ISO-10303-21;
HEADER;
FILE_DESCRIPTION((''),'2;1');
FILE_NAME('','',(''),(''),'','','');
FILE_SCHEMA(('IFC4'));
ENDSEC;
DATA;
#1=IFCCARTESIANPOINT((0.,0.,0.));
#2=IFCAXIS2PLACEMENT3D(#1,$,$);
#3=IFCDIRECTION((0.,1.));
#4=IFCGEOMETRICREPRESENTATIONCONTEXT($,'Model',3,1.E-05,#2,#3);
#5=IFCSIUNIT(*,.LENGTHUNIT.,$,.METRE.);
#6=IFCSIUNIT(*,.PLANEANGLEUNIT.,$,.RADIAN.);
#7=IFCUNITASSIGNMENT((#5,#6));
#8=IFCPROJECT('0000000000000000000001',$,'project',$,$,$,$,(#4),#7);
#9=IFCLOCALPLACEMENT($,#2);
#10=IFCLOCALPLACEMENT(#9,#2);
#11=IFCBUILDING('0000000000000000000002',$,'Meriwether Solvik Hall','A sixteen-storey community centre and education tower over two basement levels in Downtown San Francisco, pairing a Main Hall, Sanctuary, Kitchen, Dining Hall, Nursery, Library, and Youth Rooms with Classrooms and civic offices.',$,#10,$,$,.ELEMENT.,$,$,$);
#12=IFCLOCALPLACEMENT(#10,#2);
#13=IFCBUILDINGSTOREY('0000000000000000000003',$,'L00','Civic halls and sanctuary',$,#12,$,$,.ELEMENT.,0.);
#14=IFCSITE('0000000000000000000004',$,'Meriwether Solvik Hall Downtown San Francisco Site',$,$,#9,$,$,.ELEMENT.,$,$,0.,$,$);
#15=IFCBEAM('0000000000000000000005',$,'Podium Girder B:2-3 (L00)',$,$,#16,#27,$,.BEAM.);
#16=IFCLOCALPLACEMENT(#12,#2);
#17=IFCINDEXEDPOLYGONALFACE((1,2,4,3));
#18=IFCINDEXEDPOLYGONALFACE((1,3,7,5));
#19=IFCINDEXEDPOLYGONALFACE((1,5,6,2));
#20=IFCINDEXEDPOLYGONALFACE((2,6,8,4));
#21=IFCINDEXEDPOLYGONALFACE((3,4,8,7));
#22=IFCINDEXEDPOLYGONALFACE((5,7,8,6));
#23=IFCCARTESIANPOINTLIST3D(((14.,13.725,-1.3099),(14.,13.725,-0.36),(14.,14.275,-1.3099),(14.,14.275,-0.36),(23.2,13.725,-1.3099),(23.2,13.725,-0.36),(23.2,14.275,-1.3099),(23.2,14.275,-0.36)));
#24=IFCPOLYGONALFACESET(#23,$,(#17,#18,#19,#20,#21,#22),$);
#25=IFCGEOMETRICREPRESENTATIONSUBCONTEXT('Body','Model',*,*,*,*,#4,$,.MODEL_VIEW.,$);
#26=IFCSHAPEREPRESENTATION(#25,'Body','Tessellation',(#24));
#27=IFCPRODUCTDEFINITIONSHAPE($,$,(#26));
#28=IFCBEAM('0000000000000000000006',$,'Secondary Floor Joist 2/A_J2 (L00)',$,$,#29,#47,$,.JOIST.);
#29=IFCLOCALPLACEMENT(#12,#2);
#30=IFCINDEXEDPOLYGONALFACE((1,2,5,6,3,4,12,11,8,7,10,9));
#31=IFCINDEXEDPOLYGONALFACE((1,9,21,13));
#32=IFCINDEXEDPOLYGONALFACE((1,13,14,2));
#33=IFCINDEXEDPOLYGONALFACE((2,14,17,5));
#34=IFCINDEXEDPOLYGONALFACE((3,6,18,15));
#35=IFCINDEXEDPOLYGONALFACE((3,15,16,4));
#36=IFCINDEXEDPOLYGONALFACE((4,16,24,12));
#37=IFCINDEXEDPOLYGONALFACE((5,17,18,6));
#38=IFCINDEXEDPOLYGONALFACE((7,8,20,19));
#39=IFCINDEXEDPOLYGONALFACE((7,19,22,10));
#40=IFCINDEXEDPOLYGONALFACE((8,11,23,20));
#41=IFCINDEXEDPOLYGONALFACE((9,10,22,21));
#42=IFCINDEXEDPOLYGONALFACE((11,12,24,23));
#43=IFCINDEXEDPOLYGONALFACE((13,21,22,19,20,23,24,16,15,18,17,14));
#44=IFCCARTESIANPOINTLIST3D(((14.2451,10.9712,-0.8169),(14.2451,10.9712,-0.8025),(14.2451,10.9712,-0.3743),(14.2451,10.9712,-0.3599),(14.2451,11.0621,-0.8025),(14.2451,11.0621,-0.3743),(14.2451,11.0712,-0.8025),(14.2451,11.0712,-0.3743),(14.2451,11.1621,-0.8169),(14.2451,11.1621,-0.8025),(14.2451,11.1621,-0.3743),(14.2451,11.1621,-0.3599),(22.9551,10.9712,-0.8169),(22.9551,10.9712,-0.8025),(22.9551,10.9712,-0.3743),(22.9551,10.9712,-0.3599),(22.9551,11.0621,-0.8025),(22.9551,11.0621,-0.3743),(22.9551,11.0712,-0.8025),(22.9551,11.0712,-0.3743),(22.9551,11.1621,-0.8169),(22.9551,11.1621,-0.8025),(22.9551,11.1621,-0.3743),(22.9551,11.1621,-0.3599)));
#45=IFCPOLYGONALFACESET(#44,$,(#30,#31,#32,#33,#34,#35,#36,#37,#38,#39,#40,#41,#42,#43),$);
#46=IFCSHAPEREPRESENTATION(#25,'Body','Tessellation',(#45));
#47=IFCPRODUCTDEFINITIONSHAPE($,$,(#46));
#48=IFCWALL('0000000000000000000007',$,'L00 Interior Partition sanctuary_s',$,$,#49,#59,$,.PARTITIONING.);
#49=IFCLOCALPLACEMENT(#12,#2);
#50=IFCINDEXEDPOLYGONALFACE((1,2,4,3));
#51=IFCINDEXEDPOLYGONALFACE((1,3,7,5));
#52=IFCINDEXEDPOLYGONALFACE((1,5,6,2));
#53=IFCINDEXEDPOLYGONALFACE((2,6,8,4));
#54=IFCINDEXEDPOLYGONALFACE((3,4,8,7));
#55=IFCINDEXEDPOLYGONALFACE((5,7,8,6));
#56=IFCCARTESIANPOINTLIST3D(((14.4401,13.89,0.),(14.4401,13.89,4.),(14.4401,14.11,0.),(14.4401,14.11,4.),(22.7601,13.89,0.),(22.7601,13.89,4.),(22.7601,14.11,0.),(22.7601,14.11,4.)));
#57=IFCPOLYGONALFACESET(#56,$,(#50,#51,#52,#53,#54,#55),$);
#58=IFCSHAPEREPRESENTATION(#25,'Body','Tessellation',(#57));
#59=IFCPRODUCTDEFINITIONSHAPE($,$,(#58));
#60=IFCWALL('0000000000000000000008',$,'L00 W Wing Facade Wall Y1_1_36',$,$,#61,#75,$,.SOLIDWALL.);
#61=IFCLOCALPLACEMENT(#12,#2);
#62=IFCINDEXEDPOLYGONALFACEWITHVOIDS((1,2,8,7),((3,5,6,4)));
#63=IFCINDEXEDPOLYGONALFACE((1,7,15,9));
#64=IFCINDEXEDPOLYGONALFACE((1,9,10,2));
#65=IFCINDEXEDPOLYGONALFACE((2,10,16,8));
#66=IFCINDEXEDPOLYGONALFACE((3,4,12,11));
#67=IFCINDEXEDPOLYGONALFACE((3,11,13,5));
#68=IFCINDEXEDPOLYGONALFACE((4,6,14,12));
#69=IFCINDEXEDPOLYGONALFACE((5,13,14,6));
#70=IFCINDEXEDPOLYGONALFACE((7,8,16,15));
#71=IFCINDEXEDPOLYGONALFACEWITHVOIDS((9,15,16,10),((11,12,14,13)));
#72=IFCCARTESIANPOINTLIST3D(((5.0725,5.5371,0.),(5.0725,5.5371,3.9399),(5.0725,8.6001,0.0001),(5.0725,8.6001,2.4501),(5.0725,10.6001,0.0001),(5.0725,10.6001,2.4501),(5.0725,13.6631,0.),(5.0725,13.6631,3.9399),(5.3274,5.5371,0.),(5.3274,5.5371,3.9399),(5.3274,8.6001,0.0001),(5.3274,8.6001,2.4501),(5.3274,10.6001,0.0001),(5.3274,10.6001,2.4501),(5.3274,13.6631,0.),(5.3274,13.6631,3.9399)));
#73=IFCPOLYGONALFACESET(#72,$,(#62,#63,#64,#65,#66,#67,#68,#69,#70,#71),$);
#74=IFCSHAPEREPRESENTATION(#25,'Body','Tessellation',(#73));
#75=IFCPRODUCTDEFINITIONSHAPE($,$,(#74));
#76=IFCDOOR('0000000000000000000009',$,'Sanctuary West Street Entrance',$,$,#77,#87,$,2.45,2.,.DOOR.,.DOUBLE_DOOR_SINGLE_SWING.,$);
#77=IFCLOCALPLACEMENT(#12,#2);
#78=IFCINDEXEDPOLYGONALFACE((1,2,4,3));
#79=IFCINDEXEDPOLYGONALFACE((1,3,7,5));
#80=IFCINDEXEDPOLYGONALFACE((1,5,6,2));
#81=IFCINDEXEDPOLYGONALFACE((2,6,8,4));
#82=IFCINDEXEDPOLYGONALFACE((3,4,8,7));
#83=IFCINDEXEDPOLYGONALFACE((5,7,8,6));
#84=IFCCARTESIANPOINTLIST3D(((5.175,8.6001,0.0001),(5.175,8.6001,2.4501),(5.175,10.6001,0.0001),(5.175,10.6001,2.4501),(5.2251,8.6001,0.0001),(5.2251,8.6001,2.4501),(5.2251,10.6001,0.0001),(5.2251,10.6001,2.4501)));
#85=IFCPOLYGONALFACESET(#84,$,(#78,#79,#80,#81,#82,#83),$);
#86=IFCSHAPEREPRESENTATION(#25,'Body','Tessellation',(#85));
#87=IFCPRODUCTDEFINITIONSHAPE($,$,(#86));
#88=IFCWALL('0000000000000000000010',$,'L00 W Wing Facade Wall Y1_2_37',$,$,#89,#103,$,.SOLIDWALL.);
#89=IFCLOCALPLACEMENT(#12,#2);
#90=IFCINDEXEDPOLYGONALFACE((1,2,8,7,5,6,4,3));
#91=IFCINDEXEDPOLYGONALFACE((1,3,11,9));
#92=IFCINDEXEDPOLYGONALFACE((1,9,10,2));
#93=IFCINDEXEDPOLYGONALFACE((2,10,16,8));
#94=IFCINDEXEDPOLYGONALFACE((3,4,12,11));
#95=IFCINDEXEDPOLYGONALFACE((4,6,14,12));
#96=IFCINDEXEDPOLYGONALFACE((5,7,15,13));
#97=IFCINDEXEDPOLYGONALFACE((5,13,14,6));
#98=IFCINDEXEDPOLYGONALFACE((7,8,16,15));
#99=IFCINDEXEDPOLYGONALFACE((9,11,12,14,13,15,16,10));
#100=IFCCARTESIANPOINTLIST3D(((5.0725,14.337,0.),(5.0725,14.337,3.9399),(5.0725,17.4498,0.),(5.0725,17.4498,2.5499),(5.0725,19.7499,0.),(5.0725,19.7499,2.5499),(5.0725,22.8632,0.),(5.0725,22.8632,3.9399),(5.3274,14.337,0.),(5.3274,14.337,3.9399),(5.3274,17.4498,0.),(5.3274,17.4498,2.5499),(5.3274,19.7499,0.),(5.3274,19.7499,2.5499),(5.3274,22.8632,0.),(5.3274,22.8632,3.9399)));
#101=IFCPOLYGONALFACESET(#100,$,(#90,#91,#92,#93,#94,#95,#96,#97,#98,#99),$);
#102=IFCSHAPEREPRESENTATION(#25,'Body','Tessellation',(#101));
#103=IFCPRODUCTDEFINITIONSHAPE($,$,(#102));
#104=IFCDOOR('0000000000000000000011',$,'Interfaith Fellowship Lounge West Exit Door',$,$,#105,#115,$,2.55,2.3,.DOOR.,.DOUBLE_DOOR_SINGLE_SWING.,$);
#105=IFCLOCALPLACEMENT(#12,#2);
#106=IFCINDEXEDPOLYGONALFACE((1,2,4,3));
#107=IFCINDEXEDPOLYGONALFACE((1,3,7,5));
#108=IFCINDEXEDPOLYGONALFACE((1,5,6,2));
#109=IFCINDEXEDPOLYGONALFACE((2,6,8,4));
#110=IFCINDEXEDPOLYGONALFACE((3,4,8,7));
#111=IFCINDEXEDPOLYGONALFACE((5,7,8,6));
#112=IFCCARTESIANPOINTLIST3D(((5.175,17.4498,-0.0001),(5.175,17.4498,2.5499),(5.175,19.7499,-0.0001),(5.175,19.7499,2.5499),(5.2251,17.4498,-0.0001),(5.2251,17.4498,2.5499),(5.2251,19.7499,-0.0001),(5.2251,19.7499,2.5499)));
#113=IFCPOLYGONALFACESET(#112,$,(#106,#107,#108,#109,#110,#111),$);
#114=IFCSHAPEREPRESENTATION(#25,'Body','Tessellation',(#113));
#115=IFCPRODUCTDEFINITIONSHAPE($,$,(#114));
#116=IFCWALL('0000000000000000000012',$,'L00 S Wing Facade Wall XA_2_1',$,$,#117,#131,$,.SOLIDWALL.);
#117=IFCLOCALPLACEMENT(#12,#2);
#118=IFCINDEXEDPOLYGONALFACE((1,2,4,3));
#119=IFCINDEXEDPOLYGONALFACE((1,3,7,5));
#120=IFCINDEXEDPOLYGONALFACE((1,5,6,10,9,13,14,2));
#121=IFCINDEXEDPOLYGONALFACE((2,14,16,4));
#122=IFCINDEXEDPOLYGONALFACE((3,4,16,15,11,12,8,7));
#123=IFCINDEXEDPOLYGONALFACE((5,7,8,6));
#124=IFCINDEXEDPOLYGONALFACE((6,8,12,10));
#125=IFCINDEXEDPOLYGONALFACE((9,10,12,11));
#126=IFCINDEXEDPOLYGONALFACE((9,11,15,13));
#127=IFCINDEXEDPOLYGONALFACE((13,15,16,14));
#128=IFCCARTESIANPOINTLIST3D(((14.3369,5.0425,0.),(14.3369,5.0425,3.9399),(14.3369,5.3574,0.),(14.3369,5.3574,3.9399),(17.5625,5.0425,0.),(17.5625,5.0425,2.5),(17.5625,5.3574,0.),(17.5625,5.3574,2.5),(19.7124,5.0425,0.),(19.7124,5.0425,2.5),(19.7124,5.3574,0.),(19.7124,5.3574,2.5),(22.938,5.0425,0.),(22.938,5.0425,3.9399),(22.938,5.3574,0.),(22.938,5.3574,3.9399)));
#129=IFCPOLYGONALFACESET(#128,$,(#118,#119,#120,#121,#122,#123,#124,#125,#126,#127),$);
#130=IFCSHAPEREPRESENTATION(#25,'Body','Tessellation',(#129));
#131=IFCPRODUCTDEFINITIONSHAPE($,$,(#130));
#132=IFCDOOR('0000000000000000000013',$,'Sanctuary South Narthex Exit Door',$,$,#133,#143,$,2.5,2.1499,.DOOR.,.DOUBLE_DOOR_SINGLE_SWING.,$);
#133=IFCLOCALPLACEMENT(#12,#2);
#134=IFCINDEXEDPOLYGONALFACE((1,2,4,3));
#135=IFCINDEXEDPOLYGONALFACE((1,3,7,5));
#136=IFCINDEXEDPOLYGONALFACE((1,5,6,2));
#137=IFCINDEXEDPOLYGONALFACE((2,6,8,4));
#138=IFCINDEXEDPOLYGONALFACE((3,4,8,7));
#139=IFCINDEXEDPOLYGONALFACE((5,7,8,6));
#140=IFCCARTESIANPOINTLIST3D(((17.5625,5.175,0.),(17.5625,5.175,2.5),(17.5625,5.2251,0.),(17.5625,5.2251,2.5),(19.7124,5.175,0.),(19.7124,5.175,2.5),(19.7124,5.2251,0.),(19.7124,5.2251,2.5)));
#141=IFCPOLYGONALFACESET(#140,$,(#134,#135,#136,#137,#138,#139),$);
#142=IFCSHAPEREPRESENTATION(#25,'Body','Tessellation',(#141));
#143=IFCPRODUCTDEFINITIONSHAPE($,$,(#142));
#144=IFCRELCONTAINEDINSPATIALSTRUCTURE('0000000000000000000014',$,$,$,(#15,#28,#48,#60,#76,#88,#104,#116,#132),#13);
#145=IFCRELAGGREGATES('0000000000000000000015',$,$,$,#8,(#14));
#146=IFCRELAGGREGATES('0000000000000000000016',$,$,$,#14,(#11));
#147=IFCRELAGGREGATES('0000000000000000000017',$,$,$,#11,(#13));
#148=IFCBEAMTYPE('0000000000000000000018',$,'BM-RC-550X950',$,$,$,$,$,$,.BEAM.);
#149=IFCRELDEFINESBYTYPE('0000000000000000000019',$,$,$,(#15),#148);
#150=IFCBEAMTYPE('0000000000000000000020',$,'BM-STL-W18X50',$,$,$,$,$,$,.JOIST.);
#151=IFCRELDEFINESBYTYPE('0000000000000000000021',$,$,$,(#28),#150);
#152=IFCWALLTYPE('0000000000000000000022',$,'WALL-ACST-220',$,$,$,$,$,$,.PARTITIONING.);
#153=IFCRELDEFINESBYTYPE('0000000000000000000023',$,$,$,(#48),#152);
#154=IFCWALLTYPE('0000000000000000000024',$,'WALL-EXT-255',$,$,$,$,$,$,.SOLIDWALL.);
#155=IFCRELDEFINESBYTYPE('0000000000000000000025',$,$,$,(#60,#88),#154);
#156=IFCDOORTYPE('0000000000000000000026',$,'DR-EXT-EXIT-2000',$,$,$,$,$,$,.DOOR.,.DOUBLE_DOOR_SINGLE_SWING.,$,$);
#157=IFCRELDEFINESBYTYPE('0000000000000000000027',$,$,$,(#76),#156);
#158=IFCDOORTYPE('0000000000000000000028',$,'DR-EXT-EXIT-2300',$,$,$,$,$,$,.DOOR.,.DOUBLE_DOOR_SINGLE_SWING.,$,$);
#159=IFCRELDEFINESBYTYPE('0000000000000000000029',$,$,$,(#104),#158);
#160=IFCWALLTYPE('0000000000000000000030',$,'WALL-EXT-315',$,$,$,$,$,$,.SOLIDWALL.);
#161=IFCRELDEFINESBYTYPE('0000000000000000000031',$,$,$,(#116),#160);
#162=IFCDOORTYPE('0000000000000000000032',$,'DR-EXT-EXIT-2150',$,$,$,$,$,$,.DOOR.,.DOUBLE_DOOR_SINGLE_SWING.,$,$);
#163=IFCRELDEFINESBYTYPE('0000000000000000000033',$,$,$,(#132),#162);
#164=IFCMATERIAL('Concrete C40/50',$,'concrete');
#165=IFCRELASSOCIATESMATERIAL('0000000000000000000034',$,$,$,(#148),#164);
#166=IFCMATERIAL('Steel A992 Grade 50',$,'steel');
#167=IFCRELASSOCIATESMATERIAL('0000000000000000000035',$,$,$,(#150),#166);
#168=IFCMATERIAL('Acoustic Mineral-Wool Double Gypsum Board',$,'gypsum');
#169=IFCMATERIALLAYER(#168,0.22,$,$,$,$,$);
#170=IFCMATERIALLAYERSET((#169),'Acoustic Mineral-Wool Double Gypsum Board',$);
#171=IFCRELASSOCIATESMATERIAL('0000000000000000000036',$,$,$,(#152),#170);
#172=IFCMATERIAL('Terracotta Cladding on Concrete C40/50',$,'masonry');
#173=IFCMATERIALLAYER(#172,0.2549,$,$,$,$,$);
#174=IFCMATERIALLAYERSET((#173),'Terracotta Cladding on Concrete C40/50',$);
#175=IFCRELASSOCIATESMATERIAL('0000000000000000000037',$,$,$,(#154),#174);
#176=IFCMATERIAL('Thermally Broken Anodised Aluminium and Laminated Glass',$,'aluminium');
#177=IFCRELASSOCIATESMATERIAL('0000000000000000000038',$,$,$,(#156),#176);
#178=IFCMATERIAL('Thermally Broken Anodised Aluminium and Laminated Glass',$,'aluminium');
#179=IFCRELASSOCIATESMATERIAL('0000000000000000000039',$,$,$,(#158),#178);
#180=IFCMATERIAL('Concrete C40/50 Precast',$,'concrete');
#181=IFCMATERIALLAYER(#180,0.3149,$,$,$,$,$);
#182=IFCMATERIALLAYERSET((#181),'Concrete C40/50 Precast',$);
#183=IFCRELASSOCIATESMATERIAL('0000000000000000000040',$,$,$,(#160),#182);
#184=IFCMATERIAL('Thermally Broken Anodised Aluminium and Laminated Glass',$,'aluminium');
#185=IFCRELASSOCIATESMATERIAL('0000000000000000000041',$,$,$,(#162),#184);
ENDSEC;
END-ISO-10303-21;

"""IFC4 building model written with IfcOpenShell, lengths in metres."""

from ifc_helpers import new_model, si_unit, direction, frame, frame_2d, origin, origin_2d, place, context, subcontext, project, spatial, rectangle, i_section, extrude, material, layer, layer_set, material_profile, profile_set, type_object, element, fill, save


model = new_model("IFC4")

# Units and contexts
model_context = context("Model", 3, precision=1e-05, world=origin(), true_north=direction((0.0, 1.0)))
body_context = subcontext(model_context, "Body", "Model", "MODEL_VIEW")
ifc_project = project(units=[si_unit("LENGTHUNIT", "METRE"), si_unit("PLANEANGLEUNIT", "RADIAN")], contexts=[model_context])

# Site, building, storey
site_placement = place(None, origin())
site = spatial("IfcSite", under=ifc_project, at=site_placement, Name="Meriwether Solvik Hall Downtown San Francisco Site", CompositionType="ELEMENT", RefElevation=0.0)
building_placement = place(site_placement, origin())
building = spatial("IfcBuilding", under=site, at=building_placement, Name="Meriwether Solvik Hall", Description="A sixteen-storey community centre and education tower over two basement levels in Downtown San Francisco, pairing a Main Hall, Sanctuary, Kitchen, Dining Hall, Nursery, Library, and Youth Rooms with Classrooms and civic offices.", CompositionType="ELEMENT")
storey_placement = place(building_placement, origin())
storey = spatial("IfcBuildingStorey", under=building, at=storey_placement, Name="L00", Description="Civic halls and sanctuary", CompositionType="ELEMENT", Elevation=0.0)

# Beams
ifc_material_1 = material(Name="Concrete C40/50", Category="concrete")
ifc_material_profile_1 = material_profile(ifc_material_1, rectangle(XDim=0.55, YDim=0.95, at=origin_2d()), Name="RCB-550X950")
ifc_profile_set_1 = profile_set([ifc_material_profile_1], Name="Concrete C40/50")
beam_type_1 = type_object("IfcBeamType", Name="BM-RC-550X950", PredefinedType="BEAM", material=ifc_profile_set_1)
beam_1_placement = place(storey_placement, frame((14.0, 14.0, -0.835), z_axis=(1.0, 0.0, 0.0), x_axis=(0.0, 1.0, 0.0)))
element("IfcBeam", 1, at=beam_1_placement, inside=storey, type_object=beam_type_1, Name="Podium Girder B:2-3 (L00)", PredefinedType="BEAM", context=body_context, shape_type="SweptSolid", body=[
    extrude(rectangle(XDim=0.55, YDim=0.95, at=origin_2d()), origin(), (0.0, 0.0, 1.0), 9.2),
])
ifc_material_2 = material(Name="Steel A992 Grade 50", Category="steel")
ifc_material_profile_2 = material_profile(ifc_material_2, i_section(OverallWidth=0.1909, OverallDepth=0.457, WebThickness=0.009, FlangeThickness=0.0144, at=origin_2d()), Name="W18X50")
ifc_profile_set_2 = profile_set([ifc_material_profile_2], Name="Steel A992 Grade 50")
beam_type_2 = type_object("IfcBeamType", Name="BM-STL-W18X50", PredefinedType="JOIST", material=ifc_profile_set_2)
beam_2_placement = place(storey_placement, frame((14.2451, 11.0667, -0.5884), z_axis=(1.0, 0.0, 0.0), x_axis=(0.0, 1.0, 0.0)))
element("IfcBeam", 2, at=beam_2_placement, inside=storey, type_object=beam_type_2, Name="Secondary Floor Joist 2/A_J2 (L00)", PredefinedType="JOIST", context=body_context, shape_type="SweptSolid", body=[
    extrude(i_section(OverallWidth=0.1909, OverallDepth=0.457, WebThickness=0.009, FlangeThickness=0.0144, at=origin_2d()), origin(), (0.0, 0.0, 1.0), 8.71),
])

# Wall
ifc_material_3 = material(Name="Acoustic Mineral-Wool Double Gypsum Board", Category="gypsum")
ifc_layer_1 = layer(ifc_material_3, 0.22)
ifc_layer_set_1 = layer_set([ifc_layer_1], Name="Acoustic Mineral-Wool Double Gypsum Board")
wall_type_1 = type_object("IfcWallType", Name="WALL-ACST-220", PredefinedType="PARTITIONING", material=ifc_layer_set_1)
wall_1_placement = place(storey_placement, frame((14.4399, 14.0, 0.0), z_axis=(0.0, 0.0, 1.0), x_axis=(1.0, 0.0, 0.0)))
element("IfcWall", 3, at=wall_1_placement, inside=storey, type_object=wall_type_1, Name="L00 Interior Partition sanctuary_s", PredefinedType="PARTITIONING", context=body_context, shape_type="SweptSolid", body=[
    extrude(rectangle(XDim=8.3201, YDim=0.22, at=frame_2d((4.1602, 0.0))), origin(), (0.0, 0.0, 1.0), 4.0),
])

# Walls, openings, doors
ifc_material_4 = material(Name="Terracotta Cladding on Concrete C40/50", Category="masonry")
ifc_layer_2 = layer(ifc_material_4, 0.2549)
ifc_layer_set_2 = layer_set([ifc_layer_2], Name="Terracotta Cladding on Concrete C40/50")
wall_type_2 = type_object("IfcWallType", Name="WALL-EXT-255", PredefinedType="SOLIDWALL", material=ifc_layer_set_2)
wall_2_placement = place(storey_placement, frame((5.2, 5.5371, 0.0), z_axis=(0.0, 0.0, 1.0), x_axis=(0.0, 1.0, 0.0)))
wall_2 = element("IfcWall", 4, at=wall_2_placement, inside=storey, type_object=wall_type_2, Name="L00 W Wing Facade Wall Y1_1_36", PredefinedType="SOLIDWALL", context=body_context, shape_type="SweptSolid", body=[
    extrude(rectangle(XDim=8.126, YDim=0.2549, at=frame_2d((4.063, 0.0))), origin(), (0.0, 0.0, 1.0), 3.9399),
])
opening_1_placement = place(wall_2_placement, frame((3.063, 0.0, 0.0)))
opening_1 = element("IfcOpeningElement", 5, at=opening_1_placement, cuts=wall_2, PredefinedType="OPENING", context=body_context, shape_type="SweptSolid", body=[
    extrude(rectangle(XDim=2.0, YDim=2.45, at=frame_2d((1.0, 1.2251))), frame((0.0, 0.1394, 0.0), z_axis=(0.0, -1.0, 0.0), x_axis=(1.0, 0.0, 0.0)), (0.0, 0.0, 1.0), 0.2788),
])
ifc_material_5 = material(Name="Thermally Broken Anodised Aluminium and Laminated Glass", Category="aluminium")
door_type_1 = type_object("IfcDoorType", Name="DR-EXT-EXIT-2000", OperationType="DOUBLE_DOOR_SINGLE_SWING", PredefinedType="DOOR", material=ifc_material_5)
door_1_placement = place(opening_1_placement, origin())
door_1 = element("IfcDoor", 6, at=door_1_placement, inside=storey, type_object=door_type_1, Name="Sanctuary West Street Entrance", OperationType="DOUBLE_DOOR_SINGLE_SWING", OverallHeight=2.45, OverallWidth=2.0, PredefinedType="DOOR", context=body_context, shape_type="SweptSolid", body=[
    extrude(rectangle(XDim=2.0, YDim=2.45, at=frame_2d((1.0, 1.2251))), frame((0.0, 0.0249, 0.0), z_axis=(0.0, -1.0, 0.0), x_axis=(1.0, 0.0, 0.0)), (0.0, 0.0, 1.0), 0.05),
])
fill(opening_1, door_1)
wall_3_placement = place(storey_placement, frame((5.2, 14.3369, 0.0), z_axis=(0.0, 0.0, 1.0), x_axis=(0.0, 1.0, 0.0)))
wall_3 = element("IfcWall", 7, at=wall_3_placement, inside=storey, type_object=wall_type_2, Name="L00 W Wing Facade Wall Y1_2_37", PredefinedType="SOLIDWALL", context=body_context, shape_type="SweptSolid", body=[
    extrude(rectangle(XDim=8.5261, YDim=0.2549, at=frame_2d((4.2632, 0.0))), origin(), (0.0, 0.0, 1.0), 3.9399),
])
opening_2_placement = place(wall_3_placement, frame((3.113, 0.0, 0.0)))
opening_2 = element("IfcOpeningElement", 8, at=opening_2_placement, cuts=wall_3, PredefinedType="OPENING", context=body_context, shape_type="SweptSolid", body=[
    extrude(rectangle(XDim=2.3, YDim=2.55, at=frame_2d((1.1499, 1.2749))), frame((0.0, 0.1394, 0.0), z_axis=(0.0, -1.0, 0.0), x_axis=(1.0, 0.0, 0.0)), (0.0, 0.0, 1.0), 0.2788),
])
ifc_material_6 = material(Name="Thermally Broken Anodised Aluminium and Laminated Glass", Category="aluminium")
door_type_2 = type_object("IfcDoorType", Name="DR-EXT-EXIT-2300", OperationType="DOUBLE_DOOR_SINGLE_SWING", PredefinedType="DOOR", material=ifc_material_6)
door_2_placement = place(opening_2_placement, origin())
door_2 = element("IfcDoor", 9, at=door_2_placement, inside=storey, type_object=door_type_2, Name="Interfaith Fellowship Lounge West Exit Door", OperationType="DOUBLE_DOOR_SINGLE_SWING", OverallHeight=2.55, OverallWidth=2.3, PredefinedType="DOOR", context=body_context, shape_type="SweptSolid", body=[
    extrude(rectangle(XDim=2.3, YDim=2.55, at=frame_2d((1.1499, 1.2749))), frame((0.0, 0.0249, 0.0), z_axis=(0.0, -1.0, 0.0), x_axis=(1.0, 0.0, 0.0)), (0.0, 0.0, 1.0), 0.05),
])
fill(opening_2, door_2)
ifc_material_7 = material(Name="Concrete C40/50 Precast", Category="concrete")
ifc_layer_3 = layer(ifc_material_7, 0.3149)
ifc_layer_set_3 = layer_set([ifc_layer_3], Name="Concrete C40/50 Precast")
wall_type_3 = type_object("IfcWallType", Name="WALL-EXT-315", PredefinedType="SOLIDWALL", material=ifc_layer_set_3)
wall_4_placement = place(storey_placement, frame((22.938, 5.2, 0.0), z_axis=(0.0, 0.0, 1.0), x_axis=(-1.0, 0.0, 0.0)))
wall_4 = element("IfcWall", 10, at=wall_4_placement, inside=storey, type_object=wall_type_3, Name="L00 S Wing Facade Wall XA_2_1", PredefinedType="SOLIDWALL", context=body_context, shape_type="SweptSolid", body=[
    extrude(rectangle(XDim=8.6011, YDim=0.3149, at=frame_2d((4.3005, 0.0))), origin(), (0.0, 0.0, 1.0), 3.9399),
])
opening_3_placement = place(wall_4_placement, frame((3.2256, 0.0, 0.0)))
opening_3 = element("IfcOpeningElement", 11, at=opening_3_placement, cuts=wall_4, PredefinedType="OPENING", context=body_context, shape_type="SweptSolid", body=[
    extrude(rectangle(XDim=2.1499, YDim=2.5, at=frame_2d((1.075, 1.25))), frame((0.0, 0.1694, 0.0), z_axis=(0.0, -1.0, 0.0), x_axis=(1.0, 0.0, 0.0)), (0.0, 0.0, 1.0), 0.3389),
])
ifc_material_8 = material(Name="Thermally Broken Anodised Aluminium and Laminated Glass", Category="aluminium")
door_type_3 = type_object("IfcDoorType", Name="DR-EXT-EXIT-2150", OperationType="DOUBLE_DOOR_SINGLE_SWING", PredefinedType="DOOR", material=ifc_material_8)
door_3_placement = place(opening_3_placement, origin())
door_3 = element("IfcDoor", 12, at=door_3_placement, inside=storey, type_object=door_type_3, Name="Sanctuary South Narthex Exit Door", OperationType="DOUBLE_DOOR_SINGLE_SWING", OverallHeight=2.5, OverallWidth=2.1499, PredefinedType="DOOR", context=body_context, shape_type="SweptSolid", body=[
    extrude(rectangle(XDim=2.1499, YDim=2.5, at=frame_2d((1.075, 1.25))), frame((0.0, 0.0249, 0.0), z_axis=(0.0, -1.0, 0.0), x_axis=(1.0, 0.0, 0.0)), (0.0, 0.0, 1.0), 0.05),
])
fill(opening_3, door_3)

save(model, "model.ifc")
